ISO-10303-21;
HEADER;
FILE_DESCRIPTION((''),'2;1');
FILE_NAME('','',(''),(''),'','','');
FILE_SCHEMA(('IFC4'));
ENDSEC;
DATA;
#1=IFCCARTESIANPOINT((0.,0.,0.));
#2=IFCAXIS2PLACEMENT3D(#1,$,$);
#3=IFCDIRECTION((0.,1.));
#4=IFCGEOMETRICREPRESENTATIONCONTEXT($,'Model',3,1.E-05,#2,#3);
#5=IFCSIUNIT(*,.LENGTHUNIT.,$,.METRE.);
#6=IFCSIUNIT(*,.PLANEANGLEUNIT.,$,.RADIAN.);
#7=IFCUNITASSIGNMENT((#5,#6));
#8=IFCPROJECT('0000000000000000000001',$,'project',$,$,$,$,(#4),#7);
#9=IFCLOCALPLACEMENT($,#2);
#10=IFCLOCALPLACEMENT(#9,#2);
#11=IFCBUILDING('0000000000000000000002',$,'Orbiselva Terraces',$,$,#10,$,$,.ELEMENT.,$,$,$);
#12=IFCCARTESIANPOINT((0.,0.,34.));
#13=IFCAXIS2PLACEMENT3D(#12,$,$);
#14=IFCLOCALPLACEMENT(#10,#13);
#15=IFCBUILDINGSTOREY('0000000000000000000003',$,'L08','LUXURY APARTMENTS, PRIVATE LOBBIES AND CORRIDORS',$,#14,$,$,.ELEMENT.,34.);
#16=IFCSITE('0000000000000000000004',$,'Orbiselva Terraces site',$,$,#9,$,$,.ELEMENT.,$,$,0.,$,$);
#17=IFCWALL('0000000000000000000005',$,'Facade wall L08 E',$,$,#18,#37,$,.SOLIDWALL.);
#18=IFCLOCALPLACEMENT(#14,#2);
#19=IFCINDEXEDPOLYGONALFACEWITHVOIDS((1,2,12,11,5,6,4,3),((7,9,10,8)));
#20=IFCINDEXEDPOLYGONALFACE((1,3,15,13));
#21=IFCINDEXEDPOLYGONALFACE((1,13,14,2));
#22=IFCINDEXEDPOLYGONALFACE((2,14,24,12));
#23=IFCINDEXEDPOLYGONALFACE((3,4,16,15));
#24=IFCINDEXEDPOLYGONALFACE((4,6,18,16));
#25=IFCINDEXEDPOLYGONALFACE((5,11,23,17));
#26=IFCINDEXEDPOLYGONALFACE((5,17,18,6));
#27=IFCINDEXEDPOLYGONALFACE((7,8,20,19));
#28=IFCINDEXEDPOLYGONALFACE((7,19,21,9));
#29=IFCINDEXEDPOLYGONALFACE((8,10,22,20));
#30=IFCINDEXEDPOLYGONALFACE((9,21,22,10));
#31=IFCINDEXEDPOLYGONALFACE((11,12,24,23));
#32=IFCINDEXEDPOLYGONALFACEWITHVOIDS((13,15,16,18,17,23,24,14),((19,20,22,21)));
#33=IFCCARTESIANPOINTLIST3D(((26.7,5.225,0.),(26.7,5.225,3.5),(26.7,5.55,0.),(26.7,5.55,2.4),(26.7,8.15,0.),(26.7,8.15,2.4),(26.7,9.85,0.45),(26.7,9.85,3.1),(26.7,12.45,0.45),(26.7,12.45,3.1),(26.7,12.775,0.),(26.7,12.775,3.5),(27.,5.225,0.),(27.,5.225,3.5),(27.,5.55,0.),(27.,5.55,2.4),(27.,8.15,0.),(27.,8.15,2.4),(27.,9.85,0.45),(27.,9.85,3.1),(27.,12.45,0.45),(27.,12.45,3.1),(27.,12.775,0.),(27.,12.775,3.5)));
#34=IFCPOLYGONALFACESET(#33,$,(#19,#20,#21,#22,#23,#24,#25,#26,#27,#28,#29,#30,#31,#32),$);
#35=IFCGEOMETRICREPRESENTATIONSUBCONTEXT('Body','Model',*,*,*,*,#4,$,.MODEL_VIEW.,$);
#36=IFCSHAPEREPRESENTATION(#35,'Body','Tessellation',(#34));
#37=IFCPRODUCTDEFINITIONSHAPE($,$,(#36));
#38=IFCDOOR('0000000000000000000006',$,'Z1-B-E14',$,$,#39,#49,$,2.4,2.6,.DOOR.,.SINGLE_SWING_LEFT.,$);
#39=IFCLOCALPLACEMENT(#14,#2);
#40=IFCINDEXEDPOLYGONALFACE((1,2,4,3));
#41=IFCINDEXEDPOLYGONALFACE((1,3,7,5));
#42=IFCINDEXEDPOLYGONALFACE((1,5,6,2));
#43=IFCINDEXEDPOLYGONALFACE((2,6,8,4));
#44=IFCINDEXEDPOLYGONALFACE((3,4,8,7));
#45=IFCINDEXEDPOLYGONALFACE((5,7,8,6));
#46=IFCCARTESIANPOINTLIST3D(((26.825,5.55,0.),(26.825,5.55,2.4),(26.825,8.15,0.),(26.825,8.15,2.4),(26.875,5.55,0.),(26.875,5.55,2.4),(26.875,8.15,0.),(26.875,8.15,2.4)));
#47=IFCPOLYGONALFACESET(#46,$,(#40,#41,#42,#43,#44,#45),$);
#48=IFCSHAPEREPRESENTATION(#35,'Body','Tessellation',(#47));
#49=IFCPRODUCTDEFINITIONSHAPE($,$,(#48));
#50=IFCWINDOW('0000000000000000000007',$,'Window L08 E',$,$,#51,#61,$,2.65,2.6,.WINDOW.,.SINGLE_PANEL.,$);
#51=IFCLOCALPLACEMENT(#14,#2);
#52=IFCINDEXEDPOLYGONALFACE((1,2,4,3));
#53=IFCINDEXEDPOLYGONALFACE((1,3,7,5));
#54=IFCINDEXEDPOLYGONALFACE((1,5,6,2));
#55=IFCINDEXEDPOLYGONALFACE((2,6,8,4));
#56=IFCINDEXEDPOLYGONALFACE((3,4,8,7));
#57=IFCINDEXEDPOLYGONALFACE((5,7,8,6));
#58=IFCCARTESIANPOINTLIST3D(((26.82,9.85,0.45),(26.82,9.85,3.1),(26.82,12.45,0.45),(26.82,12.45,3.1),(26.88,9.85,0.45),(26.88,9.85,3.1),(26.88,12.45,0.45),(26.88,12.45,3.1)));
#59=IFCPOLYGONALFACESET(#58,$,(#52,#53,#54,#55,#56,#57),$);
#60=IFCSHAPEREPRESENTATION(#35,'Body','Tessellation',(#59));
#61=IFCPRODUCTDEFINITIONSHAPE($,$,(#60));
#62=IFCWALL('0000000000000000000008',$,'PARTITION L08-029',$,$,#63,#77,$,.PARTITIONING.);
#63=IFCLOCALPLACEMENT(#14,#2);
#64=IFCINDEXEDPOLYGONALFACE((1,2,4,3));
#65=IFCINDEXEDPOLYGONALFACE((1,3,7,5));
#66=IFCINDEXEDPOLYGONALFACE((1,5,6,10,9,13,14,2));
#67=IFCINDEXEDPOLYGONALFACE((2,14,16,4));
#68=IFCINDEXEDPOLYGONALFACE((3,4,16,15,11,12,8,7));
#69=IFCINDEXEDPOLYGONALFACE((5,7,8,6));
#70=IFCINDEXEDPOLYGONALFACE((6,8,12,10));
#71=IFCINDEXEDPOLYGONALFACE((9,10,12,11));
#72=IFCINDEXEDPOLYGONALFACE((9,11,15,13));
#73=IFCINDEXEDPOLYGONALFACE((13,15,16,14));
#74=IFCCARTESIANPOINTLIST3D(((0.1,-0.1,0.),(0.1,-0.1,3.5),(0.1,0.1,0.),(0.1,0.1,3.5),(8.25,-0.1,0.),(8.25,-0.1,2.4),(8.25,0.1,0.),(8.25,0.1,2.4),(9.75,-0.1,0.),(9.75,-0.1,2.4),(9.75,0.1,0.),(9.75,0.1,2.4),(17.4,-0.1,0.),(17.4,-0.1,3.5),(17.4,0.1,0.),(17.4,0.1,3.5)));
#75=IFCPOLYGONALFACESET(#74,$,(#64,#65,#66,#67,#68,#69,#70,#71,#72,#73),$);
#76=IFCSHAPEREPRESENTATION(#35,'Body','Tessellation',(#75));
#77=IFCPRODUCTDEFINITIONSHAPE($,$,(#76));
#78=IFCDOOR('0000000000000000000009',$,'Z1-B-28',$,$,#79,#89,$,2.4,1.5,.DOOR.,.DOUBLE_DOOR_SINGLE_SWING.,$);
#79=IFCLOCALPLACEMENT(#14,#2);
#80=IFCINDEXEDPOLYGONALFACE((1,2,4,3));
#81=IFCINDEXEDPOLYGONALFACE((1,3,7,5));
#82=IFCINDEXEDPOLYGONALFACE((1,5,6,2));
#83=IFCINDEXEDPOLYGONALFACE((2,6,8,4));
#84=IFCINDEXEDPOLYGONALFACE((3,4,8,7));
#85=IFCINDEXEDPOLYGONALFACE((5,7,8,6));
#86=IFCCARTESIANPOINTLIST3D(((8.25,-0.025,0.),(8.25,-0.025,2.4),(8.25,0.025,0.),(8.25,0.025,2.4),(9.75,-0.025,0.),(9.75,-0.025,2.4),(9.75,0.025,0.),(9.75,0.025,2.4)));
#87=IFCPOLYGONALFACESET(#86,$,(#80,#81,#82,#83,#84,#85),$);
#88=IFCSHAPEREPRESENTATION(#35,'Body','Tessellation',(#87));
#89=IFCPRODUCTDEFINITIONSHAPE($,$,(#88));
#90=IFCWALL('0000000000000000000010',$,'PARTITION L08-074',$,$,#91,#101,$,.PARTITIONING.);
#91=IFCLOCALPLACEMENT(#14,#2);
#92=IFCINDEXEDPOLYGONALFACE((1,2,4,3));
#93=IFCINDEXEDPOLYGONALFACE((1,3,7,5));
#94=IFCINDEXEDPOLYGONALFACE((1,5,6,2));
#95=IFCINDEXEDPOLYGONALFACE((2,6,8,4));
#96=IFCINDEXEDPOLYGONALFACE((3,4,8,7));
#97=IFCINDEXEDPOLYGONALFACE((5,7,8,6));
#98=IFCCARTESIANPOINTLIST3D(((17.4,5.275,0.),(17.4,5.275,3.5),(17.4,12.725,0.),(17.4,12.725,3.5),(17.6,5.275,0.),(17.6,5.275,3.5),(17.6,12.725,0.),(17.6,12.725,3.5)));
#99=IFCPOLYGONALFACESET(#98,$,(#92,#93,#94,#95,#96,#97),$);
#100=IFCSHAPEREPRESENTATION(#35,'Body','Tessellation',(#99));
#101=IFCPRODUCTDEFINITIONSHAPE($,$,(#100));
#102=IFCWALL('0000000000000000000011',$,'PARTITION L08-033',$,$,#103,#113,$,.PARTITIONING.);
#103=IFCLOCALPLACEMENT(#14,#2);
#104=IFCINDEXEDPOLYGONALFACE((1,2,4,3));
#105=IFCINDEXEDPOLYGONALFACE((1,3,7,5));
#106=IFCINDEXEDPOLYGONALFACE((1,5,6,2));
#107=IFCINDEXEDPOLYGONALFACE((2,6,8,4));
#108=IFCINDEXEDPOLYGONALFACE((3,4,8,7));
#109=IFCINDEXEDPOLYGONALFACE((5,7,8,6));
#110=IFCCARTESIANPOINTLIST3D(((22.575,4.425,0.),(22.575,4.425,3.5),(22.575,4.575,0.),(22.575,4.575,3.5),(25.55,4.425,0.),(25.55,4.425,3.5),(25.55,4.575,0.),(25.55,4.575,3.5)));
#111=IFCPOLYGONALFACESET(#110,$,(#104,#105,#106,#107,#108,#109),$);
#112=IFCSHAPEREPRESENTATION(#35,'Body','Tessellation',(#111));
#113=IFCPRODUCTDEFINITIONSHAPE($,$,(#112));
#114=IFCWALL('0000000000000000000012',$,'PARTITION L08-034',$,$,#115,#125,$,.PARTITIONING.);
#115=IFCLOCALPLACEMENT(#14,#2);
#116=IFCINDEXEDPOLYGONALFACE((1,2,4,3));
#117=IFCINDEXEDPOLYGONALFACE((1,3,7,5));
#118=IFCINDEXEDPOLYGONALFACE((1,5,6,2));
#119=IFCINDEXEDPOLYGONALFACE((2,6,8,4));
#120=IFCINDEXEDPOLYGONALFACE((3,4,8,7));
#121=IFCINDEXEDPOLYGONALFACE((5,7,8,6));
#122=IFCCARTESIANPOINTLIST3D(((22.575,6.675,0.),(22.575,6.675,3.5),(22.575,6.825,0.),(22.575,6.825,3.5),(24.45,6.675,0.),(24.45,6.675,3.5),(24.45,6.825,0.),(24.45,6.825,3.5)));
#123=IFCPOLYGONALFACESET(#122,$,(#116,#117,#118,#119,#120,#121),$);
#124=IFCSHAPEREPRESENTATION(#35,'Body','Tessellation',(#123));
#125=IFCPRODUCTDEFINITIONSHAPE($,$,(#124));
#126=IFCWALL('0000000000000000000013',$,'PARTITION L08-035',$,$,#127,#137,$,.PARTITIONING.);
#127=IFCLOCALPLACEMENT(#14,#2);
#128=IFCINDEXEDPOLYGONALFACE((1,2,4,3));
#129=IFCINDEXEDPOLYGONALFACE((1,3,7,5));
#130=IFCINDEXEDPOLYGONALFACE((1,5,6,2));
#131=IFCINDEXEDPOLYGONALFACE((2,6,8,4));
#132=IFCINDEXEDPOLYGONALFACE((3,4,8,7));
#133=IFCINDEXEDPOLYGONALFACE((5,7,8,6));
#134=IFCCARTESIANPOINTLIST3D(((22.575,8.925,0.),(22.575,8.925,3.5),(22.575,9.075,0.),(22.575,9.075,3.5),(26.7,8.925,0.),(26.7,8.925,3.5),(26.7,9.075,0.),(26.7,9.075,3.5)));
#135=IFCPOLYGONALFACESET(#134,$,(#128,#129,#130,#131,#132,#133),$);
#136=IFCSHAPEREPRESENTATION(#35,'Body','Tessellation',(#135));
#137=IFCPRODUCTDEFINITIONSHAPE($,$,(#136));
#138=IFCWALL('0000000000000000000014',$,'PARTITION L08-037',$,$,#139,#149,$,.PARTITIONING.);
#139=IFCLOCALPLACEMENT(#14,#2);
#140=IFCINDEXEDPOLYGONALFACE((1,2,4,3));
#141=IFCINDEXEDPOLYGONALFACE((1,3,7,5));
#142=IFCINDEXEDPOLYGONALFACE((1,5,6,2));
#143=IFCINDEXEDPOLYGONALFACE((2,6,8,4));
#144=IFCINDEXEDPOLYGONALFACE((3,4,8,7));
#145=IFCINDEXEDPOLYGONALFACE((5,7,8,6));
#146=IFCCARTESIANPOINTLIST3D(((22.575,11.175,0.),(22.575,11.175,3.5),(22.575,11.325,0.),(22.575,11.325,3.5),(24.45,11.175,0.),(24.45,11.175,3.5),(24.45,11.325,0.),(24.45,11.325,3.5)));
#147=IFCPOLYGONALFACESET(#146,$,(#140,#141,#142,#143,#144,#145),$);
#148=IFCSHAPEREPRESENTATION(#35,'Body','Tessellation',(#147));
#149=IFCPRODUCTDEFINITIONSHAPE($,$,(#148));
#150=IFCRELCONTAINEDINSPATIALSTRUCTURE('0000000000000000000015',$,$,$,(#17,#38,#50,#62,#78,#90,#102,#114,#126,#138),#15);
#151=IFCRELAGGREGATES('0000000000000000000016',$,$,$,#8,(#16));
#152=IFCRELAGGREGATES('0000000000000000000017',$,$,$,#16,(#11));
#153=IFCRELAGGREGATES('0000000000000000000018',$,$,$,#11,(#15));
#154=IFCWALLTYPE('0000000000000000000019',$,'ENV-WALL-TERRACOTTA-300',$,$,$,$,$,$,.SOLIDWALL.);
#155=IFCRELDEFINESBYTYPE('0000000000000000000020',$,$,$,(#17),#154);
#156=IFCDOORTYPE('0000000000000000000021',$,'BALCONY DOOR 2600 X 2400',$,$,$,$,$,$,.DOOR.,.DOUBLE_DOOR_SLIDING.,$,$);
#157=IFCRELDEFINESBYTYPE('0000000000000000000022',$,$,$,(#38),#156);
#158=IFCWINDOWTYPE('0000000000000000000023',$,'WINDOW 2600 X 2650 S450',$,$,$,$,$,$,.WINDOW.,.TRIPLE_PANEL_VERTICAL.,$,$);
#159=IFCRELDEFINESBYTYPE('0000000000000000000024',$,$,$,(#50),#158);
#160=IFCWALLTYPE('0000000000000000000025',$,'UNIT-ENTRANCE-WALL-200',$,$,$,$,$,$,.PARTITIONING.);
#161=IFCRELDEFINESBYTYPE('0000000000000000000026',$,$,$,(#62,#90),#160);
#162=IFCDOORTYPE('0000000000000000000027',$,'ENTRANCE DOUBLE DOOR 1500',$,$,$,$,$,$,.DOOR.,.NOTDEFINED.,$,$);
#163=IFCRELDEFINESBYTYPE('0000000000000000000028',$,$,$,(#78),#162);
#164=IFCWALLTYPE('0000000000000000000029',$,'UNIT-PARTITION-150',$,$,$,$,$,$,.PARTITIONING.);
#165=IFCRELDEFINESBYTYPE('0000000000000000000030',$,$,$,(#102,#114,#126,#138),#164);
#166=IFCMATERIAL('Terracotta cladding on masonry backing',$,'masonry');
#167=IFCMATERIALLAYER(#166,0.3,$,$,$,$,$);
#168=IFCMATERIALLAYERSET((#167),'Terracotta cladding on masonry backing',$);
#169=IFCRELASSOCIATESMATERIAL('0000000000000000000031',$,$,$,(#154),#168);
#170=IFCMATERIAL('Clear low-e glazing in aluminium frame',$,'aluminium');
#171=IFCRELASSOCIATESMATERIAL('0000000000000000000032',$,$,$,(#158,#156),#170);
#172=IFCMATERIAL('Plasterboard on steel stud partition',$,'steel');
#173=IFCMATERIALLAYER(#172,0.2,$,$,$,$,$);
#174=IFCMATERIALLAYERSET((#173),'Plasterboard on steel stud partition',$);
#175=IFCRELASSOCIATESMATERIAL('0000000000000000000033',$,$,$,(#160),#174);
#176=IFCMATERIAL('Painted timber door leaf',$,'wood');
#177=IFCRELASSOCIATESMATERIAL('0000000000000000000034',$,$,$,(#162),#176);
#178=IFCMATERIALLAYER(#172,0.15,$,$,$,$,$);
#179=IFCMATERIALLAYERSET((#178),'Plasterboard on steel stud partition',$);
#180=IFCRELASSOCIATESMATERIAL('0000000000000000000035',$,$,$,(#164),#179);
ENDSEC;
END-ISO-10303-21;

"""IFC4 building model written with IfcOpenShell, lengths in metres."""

from ifc_helpers import new_model, si_unit, direction, frame, frame_2d, origin, place, context, subcontext, project, spatial, rectangle, extrude, material, layer, layer_set, type_object, element, fill, save


model = new_model("IFC4")

# Units and contexts
model_context = context("Model", 3, precision=1e-05, world=origin(), true_north=direction((0.0, 1.0)))
body_context = subcontext(model_context, "Body", "Model", "MODEL_VIEW")
ifc_project = project(units=[si_unit("LENGTHUNIT", "METRE"), si_unit("PLANEANGLEUNIT", "RADIAN")], contexts=[model_context])

# Site, building, storey
site_placement = place(None, origin())
site = spatial("IfcSite", under=ifc_project, at=site_placement, Name="Orbiselva Terraces site", CompositionType="ELEMENT", RefElevation=0.0)
building_placement = place(site_placement, origin())
building = spatial("IfcBuilding", under=site, at=building_placement, Name="Orbiselva Terraces", CompositionType="ELEMENT")
storey_placement = place(building_placement, frame((0.0, 0.0, 34.0)))
storey = spatial("IfcBuildingStorey", under=building, at=storey_placement, Name="L08", Description="LUXURY APARTMENTS, PRIVATE LOBBIES AND CORRIDORS", CompositionType="ELEMENT", Elevation=34.0)

# Shared definitions
ifc_material_1 = material(Name="Terracotta cladding on masonry backing", Category="masonry")
ifc_layer_1 = layer(ifc_material_1, 0.3)
ifc_layer_set_1 = layer_set([ifc_layer_1], Name="Terracotta cladding on masonry backing")
wall_type_1 = type_object("IfcWallType", Name="ENV-WALL-TERRACOTTA-300", PredefinedType="SOLIDWALL", material=ifc_layer_set_1)
ifc_material_2 = material(Name="Clear low-e glazing in aluminium frame", Category="aluminium")
window_type = type_object("IfcWindowType", Name="WINDOW 2600 X 2650 S450", PartitioningType="TRIPLE_PANEL_VERTICAL", PredefinedType="WINDOW", material=ifc_material_2)

# Wall, openings, door, window
wall_1_placement = place(storey_placement, frame((26.85, 12.775, 0.0), z_axis=(0.0, 0.0, 1.0), x_axis=(0.0, -1.0, 0.0)))
wall_1 = element("IfcWall", 1, at=wall_1_placement, inside=storey, type_object=wall_type_1, Name="Facade wall L08 E", PredefinedType="SOLIDWALL", context=body_context, shape_type="SweptSolid", body=[
    extrude(rectangle(XDim=7.55, YDim=0.3, at=frame_2d((3.775, 0.0))), origin(), (0.0, 0.0, 1.0), 3.5),
])
opening_1_placement = place(wall_1_placement, frame((4.625, 0.0, 0.0)))
opening_1 = element("IfcOpeningElement", 2, at=opening_1_placement, cuts=wall_1, PredefinedType="OPENING", context=body_context, shape_type="SweptSolid", body=[
    extrude(rectangle(XDim=2.6, YDim=2.4, at=frame_2d((1.3, 1.2))), frame((0.0, 0.16, 0.0), z_axis=(0.0, -1.0, 0.0), x_axis=(1.0, 0.0, 0.0)), (0.0, 0.0, 1.0), 0.32),
])
opening_2_placement = place(wall_1_placement, frame((0.325, 0.0, 0.45)))
opening_2 = element("IfcOpeningElement", 3, at=opening_2_placement, cuts=wall_1, PredefinedType="OPENING", context=body_context, shape_type="SweptSolid", body=[
    extrude(rectangle(XDim=2.6, YDim=2.65, at=frame_2d((1.3, 1.325))), frame((0.0, 0.16, 0.0), z_axis=(0.0, -1.0, 0.0), x_axis=(1.0, 0.0, 0.0)), (0.0, 0.0, 1.0), 0.32),
])
door_type_1 = type_object("IfcDoorType", Name="BALCONY DOOR 2600 X 2400", OperationType="DOUBLE_DOOR_SLIDING", PredefinedType="DOOR", material=ifc_material_2)
door_1_placement = place(opening_1_placement, origin())
door_1 = element("IfcDoor", 4, at=door_1_placement, inside=storey, type_object=door_type_1, Name="Z1-B-E14", OperationType="SINGLE_SWING_LEFT", OverallHeight=2.4, OverallWidth=2.6, PredefinedType="DOOR", context=body_context, shape_type="SweptSolid", body=[
    extrude(rectangle(XDim=2.6, YDim=2.4, at=frame_2d((1.3, 1.2))), frame((0.0, 0.025, 0.0), z_axis=(0.0, -1.0, 0.0), x_axis=(1.0, 0.0, 0.0)), (0.0, 0.0, 1.0), 0.05),
])
fill(opening_1, door_1)
window_1_placement = place(opening_2_placement, origin())
window_1 = element("IfcWindow", 5, at=window_1_placement, inside=storey, type_object=window_type, Name="Window L08 E", OverallHeight=2.65, OverallWidth=2.6, PartitioningType="SINGLE_PANEL", PredefinedType="WINDOW", context=body_context, shape_type="SweptSolid", body=[
    extrude(rectangle(XDim=2.6, YDim=2.65, at=frame_2d((1.3, 1.325))), frame((0.0, 0.03, 0.0), z_axis=(0.0, -1.0, 0.0), x_axis=(1.0, 0.0, 0.0)), (0.0, 0.0, 1.0), 0.06),
])
fill(opening_2, window_1)

# Wall, opening, door
ifc_material_3 = material(Name="Plasterboard on steel stud partition", Category="steel")
ifc_layer_2 = layer(ifc_material_3, 0.2)
ifc_layer_set_2 = layer_set([ifc_layer_2], Name="Plasterboard on steel stud partition")
wall_type_2 = type_object("IfcWallType", Name="UNIT-ENTRANCE-WALL-200", PredefinedType="PARTITIONING", material=ifc_layer_set_2)
wall_2_placement = place(storey_placement, frame((17.4, 0.0, 0.0), z_axis=(0.0, 0.0, 1.0), x_axis=(-1.0, 0.0, 0.0)))
wall_2 = element("IfcWall", 6, at=wall_2_placement, inside=storey, type_object=wall_type_2, Name="PARTITION L08-029", PredefinedType="PARTITIONING", context=body_context, shape_type="SweptSolid", body=[
    extrude(rectangle(XDim=17.3, YDim=0.2, at=frame_2d((8.65, 0.0))), origin(), (0.0, 0.0, 1.0), 3.5),
])
opening_3_placement = place(wall_2_placement, frame((7.65, 0.0, 0.0)))
opening_3 = element("IfcOpeningElement", 7, at=opening_3_placement, cuts=wall_2, PredefinedType="OPENING", context=body_context, shape_type="SweptSolid", body=[
    extrude(rectangle(XDim=1.5, YDim=2.4, at=frame_2d((0.75, 1.2))), frame((0.0, 0.11, 0.0), z_axis=(0.0, -1.0, 0.0), x_axis=(1.0, 0.0, 0.0)), (0.0, 0.0, 1.0), 0.22),
])
ifc_material_4 = material(Name="Painted timber door leaf", Category="wood")
door_type_2 = type_object("IfcDoorType", Name="ENTRANCE DOUBLE DOOR 1500", OperationType="NOTDEFINED", PredefinedType="DOOR", material=ifc_material_4)
door_2_placement = place(opening_3_placement, origin())
door_2 = element("IfcDoor", 8, at=door_2_placement, inside=storey, type_object=door_type_2, Name="Z1-B-28", OperationType="DOUBLE_DOOR_SINGLE_SWING", OverallHeight=2.4, OverallWidth=1.5, PredefinedType="DOOR", context=body_context, shape_type="SweptSolid", body=[
    extrude(rectangle(XDim=1.5, YDim=2.4, at=frame_2d((0.75, 1.2))), frame((0.0, 0.025, 0.0), z_axis=(0.0, -1.0, 0.0), x_axis=(1.0, 0.0, 0.0)), (0.0, 0.0, 1.0), 0.05),
])
fill(opening_3, door_2)

# Walls
wall_3_placement = place(storey_placement, frame((17.5, 5.275, 0.0), z_axis=(0.0, 0.0, 1.0), x_axis=(0.0, 1.0, 0.0)))
element("IfcWall", 9, at=wall_3_placement, inside=storey, type_object=wall_type_2, Name="PARTITION L08-074", PredefinedType="PARTITIONING", context=body_context, shape_type="SweptSolid", body=[
    extrude(rectangle(XDim=7.45, YDim=0.2, at=frame_2d((3.725, 0.0))), origin(), (0.0, 0.0, 1.0), 3.5),
])
ifc_layer_3 = layer(ifc_material_3, 0.15)
ifc_layer_set_3 = layer_set([ifc_layer_3], Name="Plasterboard on steel stud partition")
wall_type_3 = type_object("IfcWallType", Name="UNIT-PARTITION-150", PredefinedType="PARTITIONING", material=ifc_layer_set_3)
wall_4_placement = place(storey_placement, frame((22.575, 4.5, 0.0), z_axis=(0.0, 0.0, 1.0), x_axis=(1.0, 0.0, 0.0)))
element("IfcWall", 10, at=wall_4_placement, inside=storey, type_object=wall_type_3, Name="PARTITION L08-033", PredefinedType="PARTITIONING", context=body_context, shape_type="SweptSolid", body=[
    extrude(rectangle(XDim=2.975, YDim=0.15, at=frame_2d((1.4875, 0.0))), origin(), (0.0, 0.0, 1.0), 3.5),
])
wall_5_placement = place(storey_placement, frame((22.575, 6.75, 0.0), z_axis=(0.0, 0.0, 1.0), x_axis=(1.0, 0.0, 0.0)))
element("IfcWall", 11, at=wall_5_placement, inside=storey, type_object=wall_type_3, Name="PARTITION L08-034", PredefinedType="PARTITIONING", context=body_context, shape_type="SweptSolid", body=[
    extrude(rectangle(XDim=1.875, YDim=0.15, at=frame_2d((0.9375, 0.0))), origin(), (0.0, 0.0, 1.0), 3.5),
])
wall_6_placement = place(storey_placement, frame((22.575, 9.0, 0.0), z_axis=(0.0, 0.0, 1.0), x_axis=(1.0, 0.0, 0.0)))
element("IfcWall", 12, at=wall_6_placement, inside=storey, type_object=wall_type_3, Name="PARTITION L08-035", PredefinedType="PARTITIONING", context=body_context, shape_type="SweptSolid", body=[
    extrude(rectangle(XDim=4.125, YDim=0.15, at=frame_2d((2.0625, 0.0))), origin(), (0.0, 0.0, 1.0), 3.5),
])
wall_7_placement = place(storey_placement, frame((22.575, 11.25, 0.0), z_axis=(0.0, 0.0, 1.0), x_axis=(1.0, 0.0, 0.0)))
element("IfcWall", 13, at=wall_7_placement, inside=storey, type_object=wall_type_3, Name="PARTITION L08-037", PredefinedType="PARTITIONING", context=body_context, shape_type="SweptSolid", body=[
    extrude(rectangle(XDim=1.875, YDim=0.15, at=frame_2d((0.9375, 0.0))), origin(), (0.0, 0.0, 1.0), 3.5),
])

save(model, "model.ifc")
